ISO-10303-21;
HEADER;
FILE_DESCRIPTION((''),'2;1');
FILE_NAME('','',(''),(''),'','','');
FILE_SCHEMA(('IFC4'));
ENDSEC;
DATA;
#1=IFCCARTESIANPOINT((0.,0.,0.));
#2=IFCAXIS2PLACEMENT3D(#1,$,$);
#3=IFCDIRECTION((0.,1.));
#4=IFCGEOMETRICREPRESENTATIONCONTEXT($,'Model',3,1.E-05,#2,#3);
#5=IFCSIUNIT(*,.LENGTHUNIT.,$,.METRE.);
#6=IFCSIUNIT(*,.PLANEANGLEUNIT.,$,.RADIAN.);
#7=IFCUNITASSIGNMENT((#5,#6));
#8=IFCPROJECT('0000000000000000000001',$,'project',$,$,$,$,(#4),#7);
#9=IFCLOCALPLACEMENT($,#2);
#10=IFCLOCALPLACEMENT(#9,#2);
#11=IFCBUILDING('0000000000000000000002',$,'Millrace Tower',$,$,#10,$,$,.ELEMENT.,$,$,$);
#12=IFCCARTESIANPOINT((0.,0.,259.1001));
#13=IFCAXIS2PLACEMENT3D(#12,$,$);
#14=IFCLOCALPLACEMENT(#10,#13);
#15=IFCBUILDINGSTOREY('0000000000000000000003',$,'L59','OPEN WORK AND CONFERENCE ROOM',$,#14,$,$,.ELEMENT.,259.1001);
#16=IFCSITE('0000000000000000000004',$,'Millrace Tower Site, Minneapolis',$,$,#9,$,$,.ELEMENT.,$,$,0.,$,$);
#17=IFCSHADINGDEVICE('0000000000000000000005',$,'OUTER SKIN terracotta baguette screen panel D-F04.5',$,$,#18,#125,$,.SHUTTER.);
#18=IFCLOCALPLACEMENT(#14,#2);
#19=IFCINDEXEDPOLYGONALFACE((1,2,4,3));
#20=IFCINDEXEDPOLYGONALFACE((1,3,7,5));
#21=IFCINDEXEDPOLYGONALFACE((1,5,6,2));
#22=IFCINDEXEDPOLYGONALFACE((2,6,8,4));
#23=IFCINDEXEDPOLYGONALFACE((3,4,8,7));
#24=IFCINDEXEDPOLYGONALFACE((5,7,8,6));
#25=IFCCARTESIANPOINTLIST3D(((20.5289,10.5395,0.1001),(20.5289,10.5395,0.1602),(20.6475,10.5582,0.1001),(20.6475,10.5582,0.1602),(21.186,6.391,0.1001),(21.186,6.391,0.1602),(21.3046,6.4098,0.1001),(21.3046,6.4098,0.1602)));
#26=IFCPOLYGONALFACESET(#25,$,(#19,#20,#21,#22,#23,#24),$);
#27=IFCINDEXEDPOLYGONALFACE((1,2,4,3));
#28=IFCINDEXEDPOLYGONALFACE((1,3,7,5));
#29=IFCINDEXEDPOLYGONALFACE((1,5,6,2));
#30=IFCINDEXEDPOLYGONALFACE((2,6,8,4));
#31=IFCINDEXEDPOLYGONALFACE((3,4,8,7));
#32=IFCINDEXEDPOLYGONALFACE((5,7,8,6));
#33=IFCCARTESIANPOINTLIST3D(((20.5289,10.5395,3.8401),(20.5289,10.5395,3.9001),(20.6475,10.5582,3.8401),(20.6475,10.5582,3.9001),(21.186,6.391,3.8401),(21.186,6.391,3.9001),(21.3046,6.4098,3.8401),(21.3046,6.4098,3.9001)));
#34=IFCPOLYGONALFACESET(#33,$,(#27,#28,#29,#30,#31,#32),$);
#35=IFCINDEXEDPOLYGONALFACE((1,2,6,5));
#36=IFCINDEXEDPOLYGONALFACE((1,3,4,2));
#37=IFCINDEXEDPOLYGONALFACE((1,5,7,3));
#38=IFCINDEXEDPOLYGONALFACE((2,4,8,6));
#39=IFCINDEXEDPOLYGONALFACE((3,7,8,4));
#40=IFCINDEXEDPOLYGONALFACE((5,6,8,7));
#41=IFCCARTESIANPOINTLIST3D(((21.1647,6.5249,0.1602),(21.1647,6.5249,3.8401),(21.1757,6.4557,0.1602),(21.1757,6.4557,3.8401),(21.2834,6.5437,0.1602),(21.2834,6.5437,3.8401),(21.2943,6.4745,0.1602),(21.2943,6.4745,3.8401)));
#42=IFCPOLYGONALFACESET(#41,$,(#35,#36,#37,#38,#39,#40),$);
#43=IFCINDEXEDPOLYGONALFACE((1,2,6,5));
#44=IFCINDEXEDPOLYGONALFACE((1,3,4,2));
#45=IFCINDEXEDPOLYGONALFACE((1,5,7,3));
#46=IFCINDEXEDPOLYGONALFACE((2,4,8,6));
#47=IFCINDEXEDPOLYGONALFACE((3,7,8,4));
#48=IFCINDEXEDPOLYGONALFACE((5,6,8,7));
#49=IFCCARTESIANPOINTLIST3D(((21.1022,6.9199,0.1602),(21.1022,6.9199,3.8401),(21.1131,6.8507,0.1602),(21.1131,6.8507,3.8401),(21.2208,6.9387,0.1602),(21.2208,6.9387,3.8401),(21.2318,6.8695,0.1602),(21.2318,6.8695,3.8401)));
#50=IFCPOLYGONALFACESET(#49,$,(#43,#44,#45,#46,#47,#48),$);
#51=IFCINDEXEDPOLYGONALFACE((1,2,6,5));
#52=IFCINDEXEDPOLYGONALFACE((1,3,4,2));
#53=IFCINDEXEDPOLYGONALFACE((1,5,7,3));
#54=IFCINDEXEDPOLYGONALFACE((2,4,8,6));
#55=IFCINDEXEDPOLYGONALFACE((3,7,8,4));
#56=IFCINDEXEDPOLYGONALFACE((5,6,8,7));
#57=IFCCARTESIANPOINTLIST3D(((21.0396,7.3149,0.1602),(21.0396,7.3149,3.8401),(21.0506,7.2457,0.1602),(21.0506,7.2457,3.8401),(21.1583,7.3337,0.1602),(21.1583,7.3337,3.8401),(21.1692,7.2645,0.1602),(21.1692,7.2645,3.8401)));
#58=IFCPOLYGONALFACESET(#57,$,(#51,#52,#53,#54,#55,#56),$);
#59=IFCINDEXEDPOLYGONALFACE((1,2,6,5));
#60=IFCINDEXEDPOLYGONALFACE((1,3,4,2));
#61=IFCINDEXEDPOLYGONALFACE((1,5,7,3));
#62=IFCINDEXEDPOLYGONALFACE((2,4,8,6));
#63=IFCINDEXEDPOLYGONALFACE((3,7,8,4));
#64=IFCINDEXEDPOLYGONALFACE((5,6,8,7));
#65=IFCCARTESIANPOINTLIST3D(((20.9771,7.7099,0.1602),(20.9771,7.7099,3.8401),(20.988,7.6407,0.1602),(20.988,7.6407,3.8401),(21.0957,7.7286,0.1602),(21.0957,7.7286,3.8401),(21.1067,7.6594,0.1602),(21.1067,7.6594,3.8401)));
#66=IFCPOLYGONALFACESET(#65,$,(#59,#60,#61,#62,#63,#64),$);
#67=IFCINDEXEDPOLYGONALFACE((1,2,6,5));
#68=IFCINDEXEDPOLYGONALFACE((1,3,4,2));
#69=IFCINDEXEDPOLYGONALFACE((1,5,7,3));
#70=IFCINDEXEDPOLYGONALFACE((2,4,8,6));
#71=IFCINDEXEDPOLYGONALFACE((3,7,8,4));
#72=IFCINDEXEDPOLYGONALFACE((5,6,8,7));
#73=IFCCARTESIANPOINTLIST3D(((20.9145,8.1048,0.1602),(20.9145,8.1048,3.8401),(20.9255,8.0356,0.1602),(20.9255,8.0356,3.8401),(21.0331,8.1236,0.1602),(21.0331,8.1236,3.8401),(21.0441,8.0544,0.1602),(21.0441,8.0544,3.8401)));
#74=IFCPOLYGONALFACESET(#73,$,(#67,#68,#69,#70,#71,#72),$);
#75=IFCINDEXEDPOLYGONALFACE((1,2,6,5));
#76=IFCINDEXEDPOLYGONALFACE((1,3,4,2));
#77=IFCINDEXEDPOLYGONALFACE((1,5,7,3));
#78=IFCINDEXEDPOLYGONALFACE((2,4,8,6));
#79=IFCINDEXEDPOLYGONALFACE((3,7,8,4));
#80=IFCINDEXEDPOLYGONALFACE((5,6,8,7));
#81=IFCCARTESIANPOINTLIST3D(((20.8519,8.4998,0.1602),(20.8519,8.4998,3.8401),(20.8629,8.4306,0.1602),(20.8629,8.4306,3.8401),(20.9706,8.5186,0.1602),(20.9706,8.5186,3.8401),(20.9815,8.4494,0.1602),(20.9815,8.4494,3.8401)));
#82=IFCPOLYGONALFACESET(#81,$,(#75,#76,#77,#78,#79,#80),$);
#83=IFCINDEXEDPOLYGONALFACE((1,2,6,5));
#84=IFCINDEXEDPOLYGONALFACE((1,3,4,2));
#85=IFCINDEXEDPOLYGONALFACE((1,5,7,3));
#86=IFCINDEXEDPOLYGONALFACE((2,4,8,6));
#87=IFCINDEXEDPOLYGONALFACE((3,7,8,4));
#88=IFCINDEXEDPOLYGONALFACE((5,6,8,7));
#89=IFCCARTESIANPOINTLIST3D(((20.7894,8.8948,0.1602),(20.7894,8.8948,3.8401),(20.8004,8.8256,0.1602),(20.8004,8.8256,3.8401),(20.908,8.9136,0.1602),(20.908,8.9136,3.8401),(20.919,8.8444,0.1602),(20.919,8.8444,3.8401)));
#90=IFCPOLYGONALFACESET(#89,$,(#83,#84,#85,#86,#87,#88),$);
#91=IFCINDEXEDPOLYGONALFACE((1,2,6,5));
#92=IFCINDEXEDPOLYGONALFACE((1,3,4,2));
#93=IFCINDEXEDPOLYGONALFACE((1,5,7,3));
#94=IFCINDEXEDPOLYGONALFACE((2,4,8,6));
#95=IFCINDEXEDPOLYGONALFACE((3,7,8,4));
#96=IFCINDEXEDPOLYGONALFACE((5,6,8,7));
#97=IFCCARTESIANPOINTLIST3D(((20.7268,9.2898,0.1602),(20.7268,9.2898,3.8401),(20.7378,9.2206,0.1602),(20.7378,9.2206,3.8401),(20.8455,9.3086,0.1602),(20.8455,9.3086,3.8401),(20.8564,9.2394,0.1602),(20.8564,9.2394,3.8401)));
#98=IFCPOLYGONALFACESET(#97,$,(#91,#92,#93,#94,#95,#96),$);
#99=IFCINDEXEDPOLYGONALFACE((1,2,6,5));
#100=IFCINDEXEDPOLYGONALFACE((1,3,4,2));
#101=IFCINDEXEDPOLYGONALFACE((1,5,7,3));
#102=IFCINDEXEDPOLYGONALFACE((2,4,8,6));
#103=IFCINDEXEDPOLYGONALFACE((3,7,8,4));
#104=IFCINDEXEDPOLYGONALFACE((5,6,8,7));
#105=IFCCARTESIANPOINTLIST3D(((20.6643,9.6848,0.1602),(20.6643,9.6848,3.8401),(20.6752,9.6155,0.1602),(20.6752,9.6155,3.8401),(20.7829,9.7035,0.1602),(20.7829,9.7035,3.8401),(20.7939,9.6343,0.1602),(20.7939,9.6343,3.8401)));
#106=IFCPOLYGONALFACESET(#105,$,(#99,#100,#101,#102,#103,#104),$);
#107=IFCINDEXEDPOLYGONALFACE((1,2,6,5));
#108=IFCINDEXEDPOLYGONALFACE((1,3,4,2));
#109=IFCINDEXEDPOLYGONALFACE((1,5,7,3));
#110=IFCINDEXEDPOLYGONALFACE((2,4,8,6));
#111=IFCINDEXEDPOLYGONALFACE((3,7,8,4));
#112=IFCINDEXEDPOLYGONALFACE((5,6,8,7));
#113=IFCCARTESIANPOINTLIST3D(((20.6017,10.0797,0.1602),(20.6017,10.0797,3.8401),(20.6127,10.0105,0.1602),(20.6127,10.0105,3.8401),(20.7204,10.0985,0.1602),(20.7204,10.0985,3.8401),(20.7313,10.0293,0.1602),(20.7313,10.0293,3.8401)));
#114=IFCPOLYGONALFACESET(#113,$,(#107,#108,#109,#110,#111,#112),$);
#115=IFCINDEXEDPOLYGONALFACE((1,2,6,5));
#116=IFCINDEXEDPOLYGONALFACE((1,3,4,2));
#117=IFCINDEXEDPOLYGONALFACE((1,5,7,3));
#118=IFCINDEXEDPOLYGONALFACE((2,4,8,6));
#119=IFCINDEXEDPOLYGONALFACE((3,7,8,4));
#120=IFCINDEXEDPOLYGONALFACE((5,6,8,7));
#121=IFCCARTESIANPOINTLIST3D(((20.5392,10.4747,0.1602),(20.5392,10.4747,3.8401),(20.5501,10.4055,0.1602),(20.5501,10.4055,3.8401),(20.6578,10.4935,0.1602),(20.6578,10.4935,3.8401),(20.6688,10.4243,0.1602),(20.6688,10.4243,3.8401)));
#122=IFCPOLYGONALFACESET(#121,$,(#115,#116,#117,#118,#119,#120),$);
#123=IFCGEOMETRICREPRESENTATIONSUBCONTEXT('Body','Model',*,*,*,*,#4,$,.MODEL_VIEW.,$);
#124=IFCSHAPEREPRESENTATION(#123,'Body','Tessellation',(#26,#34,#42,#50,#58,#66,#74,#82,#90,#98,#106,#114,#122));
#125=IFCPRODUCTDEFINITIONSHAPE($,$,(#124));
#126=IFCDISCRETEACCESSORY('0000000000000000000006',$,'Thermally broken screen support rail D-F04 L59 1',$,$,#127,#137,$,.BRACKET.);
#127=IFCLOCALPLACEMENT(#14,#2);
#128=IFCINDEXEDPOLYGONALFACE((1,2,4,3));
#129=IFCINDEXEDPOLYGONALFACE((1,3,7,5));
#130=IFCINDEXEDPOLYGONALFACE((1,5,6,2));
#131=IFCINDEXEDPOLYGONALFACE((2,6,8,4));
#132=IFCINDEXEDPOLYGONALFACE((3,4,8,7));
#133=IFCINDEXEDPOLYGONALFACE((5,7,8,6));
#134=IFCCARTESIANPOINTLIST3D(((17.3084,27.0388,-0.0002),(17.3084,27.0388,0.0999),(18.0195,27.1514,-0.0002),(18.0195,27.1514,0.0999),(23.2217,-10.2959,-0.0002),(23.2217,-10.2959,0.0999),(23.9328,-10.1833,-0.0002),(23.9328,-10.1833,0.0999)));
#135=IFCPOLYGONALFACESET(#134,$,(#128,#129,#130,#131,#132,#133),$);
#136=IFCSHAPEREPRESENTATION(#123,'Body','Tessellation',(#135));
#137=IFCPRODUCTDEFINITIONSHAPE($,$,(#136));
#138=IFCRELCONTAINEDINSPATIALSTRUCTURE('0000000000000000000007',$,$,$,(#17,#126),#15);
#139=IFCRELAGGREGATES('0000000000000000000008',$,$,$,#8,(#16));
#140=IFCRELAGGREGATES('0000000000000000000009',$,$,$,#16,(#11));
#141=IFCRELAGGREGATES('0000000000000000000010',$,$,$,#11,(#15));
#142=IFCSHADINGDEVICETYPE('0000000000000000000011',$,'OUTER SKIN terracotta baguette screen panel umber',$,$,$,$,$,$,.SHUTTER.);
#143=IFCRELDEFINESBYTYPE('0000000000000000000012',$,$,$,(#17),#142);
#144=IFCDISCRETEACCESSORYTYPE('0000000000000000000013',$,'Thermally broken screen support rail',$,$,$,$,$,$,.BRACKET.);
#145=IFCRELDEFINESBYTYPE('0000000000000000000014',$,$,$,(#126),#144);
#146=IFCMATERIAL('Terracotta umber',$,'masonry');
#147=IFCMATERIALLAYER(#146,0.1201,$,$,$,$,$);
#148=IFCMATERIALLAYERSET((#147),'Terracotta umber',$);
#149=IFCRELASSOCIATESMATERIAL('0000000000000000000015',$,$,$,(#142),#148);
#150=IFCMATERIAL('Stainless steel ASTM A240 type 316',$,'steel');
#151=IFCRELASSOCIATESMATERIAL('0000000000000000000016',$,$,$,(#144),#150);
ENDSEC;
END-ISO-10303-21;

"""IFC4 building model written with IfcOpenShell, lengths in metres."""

from ifc_helpers import new_model, entity, si_unit, direction, frame, frame_2d, origin, origin_2d, place, context, subcontext, project, spatial, rectangle, extrude, source, transform, mapped, material, layer, layer_set, type_object, element, save


model = new_model("IFC4")

# Units and contexts
model_context = context("Model", 3, precision=1e-05, world=origin(), true_north=direction((0.0, 1.0)))
body_context = subcontext(model_context, "Body", "Model", "MODEL_VIEW")
ifc_project = project(units=[si_unit("LENGTHUNIT", "METRE"), si_unit("PLANEANGLEUNIT", "RADIAN")], contexts=[model_context])

# Site, building, storey
site_placement = place(None, origin())
site = spatial("IfcSite", under=ifc_project, at=site_placement, Name="Millrace Tower Site, Minneapolis", CompositionType="ELEMENT", RefElevation=0.0)
building_placement = place(site_placement, origin())
building = spatial("IfcBuilding", under=site, at=building_placement, Name="Millrace Tower", CompositionType="ELEMENT")
storey_placement = place(building_placement, frame((0.0, 0.0, 259.1001)))
storey = spatial("IfcBuildingStorey", under=building, at=storey_placement, Name="L59", Description="OPEN WORK AND CONFERENCE ROOM", CompositionType="ELEMENT", Elevation=259.1001)

# Shading device
ifc_material_1 = material(Name="Terracotta umber", Category="masonry")
ifc_layer_1 = layer(ifc_material_1, 0.1201)
ifc_layer_set_1 = layer_set([ifc_layer_1], Name="Terracotta umber")
shading_device_type = type_object("IfcShadingDeviceType", Name="OUTER SKIN terracotta baguette screen panel umber", PredefinedType="SHUTTER", material=ifc_layer_set_1)
cartesian_point = entity("IfcCartesianPoint", [-2.1001, 0.0601])
shared_polyline = entity("IfcPolyline", [cartesian_point, entity("IfcCartesianPoint", [2.1001, 0.0601]), entity("IfcCartesianPoint", [2.1001, -0.0601]), entity("IfcCartesianPoint", [-2.1001, -0.0601]), cartesian_point])
shared_shape = source(origin(), body_context, "Body", "SweptSolid", [
    entity("IfcExtrudedAreaSolid", entity("IfcArbitraryClosedProfileDef", "AREA", None, shared_polyline), entity("IfcAxis2Placement3D", entity("IfcCartesianPoint", [0.0, 0.0, 0.0])), entity("IfcDirection", [0.0, 0.0, 1.0]), 0.0601),
    entity("IfcExtrudedAreaSolid", entity("IfcArbitraryClosedProfileDef", "AREA", None, shared_polyline), entity("IfcAxis2Placement3D", entity("IfcCartesianPoint", [0.0, 0.0, 3.74])), entity("IfcDirection", [0.0, 0.0, 1.0]), 0.0601),
    extrude(rectangle(XDim=0.0701, YDim=0.1201, at=frame_2d((-1.9995, 0.0))), frame((0.0, 0.0, 0.0601)), (0.0, 0.0, 1.0), 3.6799),
    extrude(rectangle(XDim=0.0701, YDim=0.1201, at=frame_2d((-1.5996, 0.0))), frame((0.0, 0.0, 0.0601)), (0.0, 0.0, 1.0), 3.6799),
    extrude(rectangle(XDim=0.0701, YDim=0.1201, at=frame_2d((-1.1997, 0.0))), frame((0.0, 0.0, 0.0601)), (0.0, 0.0, 1.0), 3.6799),
    extrude(rectangle(XDim=0.0701, YDim=0.1201, at=frame_2d((-0.7998, 0.0))), frame((0.0, 0.0, 0.0601)), (0.0, 0.0, 1.0), 3.6799),
    extrude(rectangle(XDim=0.0701, YDim=0.1201, at=frame_2d((-0.3999, 0.0))), frame((0.0, 0.0, 0.0601)), (0.0, 0.0, 1.0), 3.6799),
    extrude(rectangle(XDim=0.0701, YDim=0.1201, at=origin_2d()), frame((0.0, 0.0, 0.0601)), (0.0, 0.0, 1.0), 3.6799),
    extrude(rectangle(XDim=0.0701, YDim=0.1201, at=frame_2d((0.3999, 0.0))), frame((0.0, 0.0, 0.0601)), (0.0, 0.0, 1.0), 3.6799),
    extrude(rectangle(XDim=0.0701, YDim=0.1201, at=frame_2d((0.7998, 0.0))), frame((0.0, 0.0, 0.0601)), (0.0, 0.0, 1.0), 3.6799),
    extrude(rectangle(XDim=0.0701, YDim=0.1201, at=frame_2d((1.1997, 0.0))), frame((0.0, 0.0, 0.0601)), (0.0, 0.0, 1.0), 3.6799),
    extrude(rectangle(XDim=0.0701, YDim=0.1201, at=frame_2d((1.5996, 0.0))), frame((0.0, 0.0, 0.0601)), (0.0, 0.0, 1.0), 3.6799),
    extrude(rectangle(XDim=0.0701, YDim=0.1201, at=frame_2d((1.9995, 0.0))), frame((0.0, 0.0, 0.0601)), (0.0, 0.0, 1.0), 3.6799),
])
for number, where, z_axis, x_axis, name in (
    (1, (20.9167, 8.4746, 0.1001), (0.0, 0.0, 1.0), (-0.156434, 0.987688, 0.0), "OUTER SKIN terracotta baguette screen panel D-F04.5"),
):
    element("IfcShadingDevice", number, at=place(storey_placement, frame(where, z_axis=z_axis, x_axis=x_axis)), inside=storey, type_object=shading_device_type, Name=name, PredefinedType="SHUTTER", context=body_context, shape_type="MappedRepresentation", body=[
        mapped(shared_shape, transform((0.0, 0.0, 0.0), scale=1.0)),
    ])

# Discrete accessory
ifc_material_2 = material(Name="Stainless steel ASTM A240 type 316", Category="steel")
discrete_accessory_type = type_object("IfcDiscreteAccessoryType", Name="Thermally broken screen support rail", PredefinedType="BRACKET", material=ifc_material_2)
discrete_accessory_placement = place(storey_placement, frame((20.6206, 8.4277, -0.0002), z_axis=(0.0, 0.0, 1.0), x_axis=(-0.156434, 0.987688, 0.0)))
element("IfcDiscreteAccessory", 2, at=discrete_accessory_placement, inside=storey, type_object=discrete_accessory_type, Name="Thermally broken screen support rail D-F04 L59 1", PredefinedType="BRACKET", context=body_context, shape_type="SweptSolid", body=[
    extrude(rectangle(XDim=37.8, YDim=0.72, at=origin_2d()), origin(), (0.0, 0.0, 1.0), 0.1001),
])

save(model, "model.ifc")
